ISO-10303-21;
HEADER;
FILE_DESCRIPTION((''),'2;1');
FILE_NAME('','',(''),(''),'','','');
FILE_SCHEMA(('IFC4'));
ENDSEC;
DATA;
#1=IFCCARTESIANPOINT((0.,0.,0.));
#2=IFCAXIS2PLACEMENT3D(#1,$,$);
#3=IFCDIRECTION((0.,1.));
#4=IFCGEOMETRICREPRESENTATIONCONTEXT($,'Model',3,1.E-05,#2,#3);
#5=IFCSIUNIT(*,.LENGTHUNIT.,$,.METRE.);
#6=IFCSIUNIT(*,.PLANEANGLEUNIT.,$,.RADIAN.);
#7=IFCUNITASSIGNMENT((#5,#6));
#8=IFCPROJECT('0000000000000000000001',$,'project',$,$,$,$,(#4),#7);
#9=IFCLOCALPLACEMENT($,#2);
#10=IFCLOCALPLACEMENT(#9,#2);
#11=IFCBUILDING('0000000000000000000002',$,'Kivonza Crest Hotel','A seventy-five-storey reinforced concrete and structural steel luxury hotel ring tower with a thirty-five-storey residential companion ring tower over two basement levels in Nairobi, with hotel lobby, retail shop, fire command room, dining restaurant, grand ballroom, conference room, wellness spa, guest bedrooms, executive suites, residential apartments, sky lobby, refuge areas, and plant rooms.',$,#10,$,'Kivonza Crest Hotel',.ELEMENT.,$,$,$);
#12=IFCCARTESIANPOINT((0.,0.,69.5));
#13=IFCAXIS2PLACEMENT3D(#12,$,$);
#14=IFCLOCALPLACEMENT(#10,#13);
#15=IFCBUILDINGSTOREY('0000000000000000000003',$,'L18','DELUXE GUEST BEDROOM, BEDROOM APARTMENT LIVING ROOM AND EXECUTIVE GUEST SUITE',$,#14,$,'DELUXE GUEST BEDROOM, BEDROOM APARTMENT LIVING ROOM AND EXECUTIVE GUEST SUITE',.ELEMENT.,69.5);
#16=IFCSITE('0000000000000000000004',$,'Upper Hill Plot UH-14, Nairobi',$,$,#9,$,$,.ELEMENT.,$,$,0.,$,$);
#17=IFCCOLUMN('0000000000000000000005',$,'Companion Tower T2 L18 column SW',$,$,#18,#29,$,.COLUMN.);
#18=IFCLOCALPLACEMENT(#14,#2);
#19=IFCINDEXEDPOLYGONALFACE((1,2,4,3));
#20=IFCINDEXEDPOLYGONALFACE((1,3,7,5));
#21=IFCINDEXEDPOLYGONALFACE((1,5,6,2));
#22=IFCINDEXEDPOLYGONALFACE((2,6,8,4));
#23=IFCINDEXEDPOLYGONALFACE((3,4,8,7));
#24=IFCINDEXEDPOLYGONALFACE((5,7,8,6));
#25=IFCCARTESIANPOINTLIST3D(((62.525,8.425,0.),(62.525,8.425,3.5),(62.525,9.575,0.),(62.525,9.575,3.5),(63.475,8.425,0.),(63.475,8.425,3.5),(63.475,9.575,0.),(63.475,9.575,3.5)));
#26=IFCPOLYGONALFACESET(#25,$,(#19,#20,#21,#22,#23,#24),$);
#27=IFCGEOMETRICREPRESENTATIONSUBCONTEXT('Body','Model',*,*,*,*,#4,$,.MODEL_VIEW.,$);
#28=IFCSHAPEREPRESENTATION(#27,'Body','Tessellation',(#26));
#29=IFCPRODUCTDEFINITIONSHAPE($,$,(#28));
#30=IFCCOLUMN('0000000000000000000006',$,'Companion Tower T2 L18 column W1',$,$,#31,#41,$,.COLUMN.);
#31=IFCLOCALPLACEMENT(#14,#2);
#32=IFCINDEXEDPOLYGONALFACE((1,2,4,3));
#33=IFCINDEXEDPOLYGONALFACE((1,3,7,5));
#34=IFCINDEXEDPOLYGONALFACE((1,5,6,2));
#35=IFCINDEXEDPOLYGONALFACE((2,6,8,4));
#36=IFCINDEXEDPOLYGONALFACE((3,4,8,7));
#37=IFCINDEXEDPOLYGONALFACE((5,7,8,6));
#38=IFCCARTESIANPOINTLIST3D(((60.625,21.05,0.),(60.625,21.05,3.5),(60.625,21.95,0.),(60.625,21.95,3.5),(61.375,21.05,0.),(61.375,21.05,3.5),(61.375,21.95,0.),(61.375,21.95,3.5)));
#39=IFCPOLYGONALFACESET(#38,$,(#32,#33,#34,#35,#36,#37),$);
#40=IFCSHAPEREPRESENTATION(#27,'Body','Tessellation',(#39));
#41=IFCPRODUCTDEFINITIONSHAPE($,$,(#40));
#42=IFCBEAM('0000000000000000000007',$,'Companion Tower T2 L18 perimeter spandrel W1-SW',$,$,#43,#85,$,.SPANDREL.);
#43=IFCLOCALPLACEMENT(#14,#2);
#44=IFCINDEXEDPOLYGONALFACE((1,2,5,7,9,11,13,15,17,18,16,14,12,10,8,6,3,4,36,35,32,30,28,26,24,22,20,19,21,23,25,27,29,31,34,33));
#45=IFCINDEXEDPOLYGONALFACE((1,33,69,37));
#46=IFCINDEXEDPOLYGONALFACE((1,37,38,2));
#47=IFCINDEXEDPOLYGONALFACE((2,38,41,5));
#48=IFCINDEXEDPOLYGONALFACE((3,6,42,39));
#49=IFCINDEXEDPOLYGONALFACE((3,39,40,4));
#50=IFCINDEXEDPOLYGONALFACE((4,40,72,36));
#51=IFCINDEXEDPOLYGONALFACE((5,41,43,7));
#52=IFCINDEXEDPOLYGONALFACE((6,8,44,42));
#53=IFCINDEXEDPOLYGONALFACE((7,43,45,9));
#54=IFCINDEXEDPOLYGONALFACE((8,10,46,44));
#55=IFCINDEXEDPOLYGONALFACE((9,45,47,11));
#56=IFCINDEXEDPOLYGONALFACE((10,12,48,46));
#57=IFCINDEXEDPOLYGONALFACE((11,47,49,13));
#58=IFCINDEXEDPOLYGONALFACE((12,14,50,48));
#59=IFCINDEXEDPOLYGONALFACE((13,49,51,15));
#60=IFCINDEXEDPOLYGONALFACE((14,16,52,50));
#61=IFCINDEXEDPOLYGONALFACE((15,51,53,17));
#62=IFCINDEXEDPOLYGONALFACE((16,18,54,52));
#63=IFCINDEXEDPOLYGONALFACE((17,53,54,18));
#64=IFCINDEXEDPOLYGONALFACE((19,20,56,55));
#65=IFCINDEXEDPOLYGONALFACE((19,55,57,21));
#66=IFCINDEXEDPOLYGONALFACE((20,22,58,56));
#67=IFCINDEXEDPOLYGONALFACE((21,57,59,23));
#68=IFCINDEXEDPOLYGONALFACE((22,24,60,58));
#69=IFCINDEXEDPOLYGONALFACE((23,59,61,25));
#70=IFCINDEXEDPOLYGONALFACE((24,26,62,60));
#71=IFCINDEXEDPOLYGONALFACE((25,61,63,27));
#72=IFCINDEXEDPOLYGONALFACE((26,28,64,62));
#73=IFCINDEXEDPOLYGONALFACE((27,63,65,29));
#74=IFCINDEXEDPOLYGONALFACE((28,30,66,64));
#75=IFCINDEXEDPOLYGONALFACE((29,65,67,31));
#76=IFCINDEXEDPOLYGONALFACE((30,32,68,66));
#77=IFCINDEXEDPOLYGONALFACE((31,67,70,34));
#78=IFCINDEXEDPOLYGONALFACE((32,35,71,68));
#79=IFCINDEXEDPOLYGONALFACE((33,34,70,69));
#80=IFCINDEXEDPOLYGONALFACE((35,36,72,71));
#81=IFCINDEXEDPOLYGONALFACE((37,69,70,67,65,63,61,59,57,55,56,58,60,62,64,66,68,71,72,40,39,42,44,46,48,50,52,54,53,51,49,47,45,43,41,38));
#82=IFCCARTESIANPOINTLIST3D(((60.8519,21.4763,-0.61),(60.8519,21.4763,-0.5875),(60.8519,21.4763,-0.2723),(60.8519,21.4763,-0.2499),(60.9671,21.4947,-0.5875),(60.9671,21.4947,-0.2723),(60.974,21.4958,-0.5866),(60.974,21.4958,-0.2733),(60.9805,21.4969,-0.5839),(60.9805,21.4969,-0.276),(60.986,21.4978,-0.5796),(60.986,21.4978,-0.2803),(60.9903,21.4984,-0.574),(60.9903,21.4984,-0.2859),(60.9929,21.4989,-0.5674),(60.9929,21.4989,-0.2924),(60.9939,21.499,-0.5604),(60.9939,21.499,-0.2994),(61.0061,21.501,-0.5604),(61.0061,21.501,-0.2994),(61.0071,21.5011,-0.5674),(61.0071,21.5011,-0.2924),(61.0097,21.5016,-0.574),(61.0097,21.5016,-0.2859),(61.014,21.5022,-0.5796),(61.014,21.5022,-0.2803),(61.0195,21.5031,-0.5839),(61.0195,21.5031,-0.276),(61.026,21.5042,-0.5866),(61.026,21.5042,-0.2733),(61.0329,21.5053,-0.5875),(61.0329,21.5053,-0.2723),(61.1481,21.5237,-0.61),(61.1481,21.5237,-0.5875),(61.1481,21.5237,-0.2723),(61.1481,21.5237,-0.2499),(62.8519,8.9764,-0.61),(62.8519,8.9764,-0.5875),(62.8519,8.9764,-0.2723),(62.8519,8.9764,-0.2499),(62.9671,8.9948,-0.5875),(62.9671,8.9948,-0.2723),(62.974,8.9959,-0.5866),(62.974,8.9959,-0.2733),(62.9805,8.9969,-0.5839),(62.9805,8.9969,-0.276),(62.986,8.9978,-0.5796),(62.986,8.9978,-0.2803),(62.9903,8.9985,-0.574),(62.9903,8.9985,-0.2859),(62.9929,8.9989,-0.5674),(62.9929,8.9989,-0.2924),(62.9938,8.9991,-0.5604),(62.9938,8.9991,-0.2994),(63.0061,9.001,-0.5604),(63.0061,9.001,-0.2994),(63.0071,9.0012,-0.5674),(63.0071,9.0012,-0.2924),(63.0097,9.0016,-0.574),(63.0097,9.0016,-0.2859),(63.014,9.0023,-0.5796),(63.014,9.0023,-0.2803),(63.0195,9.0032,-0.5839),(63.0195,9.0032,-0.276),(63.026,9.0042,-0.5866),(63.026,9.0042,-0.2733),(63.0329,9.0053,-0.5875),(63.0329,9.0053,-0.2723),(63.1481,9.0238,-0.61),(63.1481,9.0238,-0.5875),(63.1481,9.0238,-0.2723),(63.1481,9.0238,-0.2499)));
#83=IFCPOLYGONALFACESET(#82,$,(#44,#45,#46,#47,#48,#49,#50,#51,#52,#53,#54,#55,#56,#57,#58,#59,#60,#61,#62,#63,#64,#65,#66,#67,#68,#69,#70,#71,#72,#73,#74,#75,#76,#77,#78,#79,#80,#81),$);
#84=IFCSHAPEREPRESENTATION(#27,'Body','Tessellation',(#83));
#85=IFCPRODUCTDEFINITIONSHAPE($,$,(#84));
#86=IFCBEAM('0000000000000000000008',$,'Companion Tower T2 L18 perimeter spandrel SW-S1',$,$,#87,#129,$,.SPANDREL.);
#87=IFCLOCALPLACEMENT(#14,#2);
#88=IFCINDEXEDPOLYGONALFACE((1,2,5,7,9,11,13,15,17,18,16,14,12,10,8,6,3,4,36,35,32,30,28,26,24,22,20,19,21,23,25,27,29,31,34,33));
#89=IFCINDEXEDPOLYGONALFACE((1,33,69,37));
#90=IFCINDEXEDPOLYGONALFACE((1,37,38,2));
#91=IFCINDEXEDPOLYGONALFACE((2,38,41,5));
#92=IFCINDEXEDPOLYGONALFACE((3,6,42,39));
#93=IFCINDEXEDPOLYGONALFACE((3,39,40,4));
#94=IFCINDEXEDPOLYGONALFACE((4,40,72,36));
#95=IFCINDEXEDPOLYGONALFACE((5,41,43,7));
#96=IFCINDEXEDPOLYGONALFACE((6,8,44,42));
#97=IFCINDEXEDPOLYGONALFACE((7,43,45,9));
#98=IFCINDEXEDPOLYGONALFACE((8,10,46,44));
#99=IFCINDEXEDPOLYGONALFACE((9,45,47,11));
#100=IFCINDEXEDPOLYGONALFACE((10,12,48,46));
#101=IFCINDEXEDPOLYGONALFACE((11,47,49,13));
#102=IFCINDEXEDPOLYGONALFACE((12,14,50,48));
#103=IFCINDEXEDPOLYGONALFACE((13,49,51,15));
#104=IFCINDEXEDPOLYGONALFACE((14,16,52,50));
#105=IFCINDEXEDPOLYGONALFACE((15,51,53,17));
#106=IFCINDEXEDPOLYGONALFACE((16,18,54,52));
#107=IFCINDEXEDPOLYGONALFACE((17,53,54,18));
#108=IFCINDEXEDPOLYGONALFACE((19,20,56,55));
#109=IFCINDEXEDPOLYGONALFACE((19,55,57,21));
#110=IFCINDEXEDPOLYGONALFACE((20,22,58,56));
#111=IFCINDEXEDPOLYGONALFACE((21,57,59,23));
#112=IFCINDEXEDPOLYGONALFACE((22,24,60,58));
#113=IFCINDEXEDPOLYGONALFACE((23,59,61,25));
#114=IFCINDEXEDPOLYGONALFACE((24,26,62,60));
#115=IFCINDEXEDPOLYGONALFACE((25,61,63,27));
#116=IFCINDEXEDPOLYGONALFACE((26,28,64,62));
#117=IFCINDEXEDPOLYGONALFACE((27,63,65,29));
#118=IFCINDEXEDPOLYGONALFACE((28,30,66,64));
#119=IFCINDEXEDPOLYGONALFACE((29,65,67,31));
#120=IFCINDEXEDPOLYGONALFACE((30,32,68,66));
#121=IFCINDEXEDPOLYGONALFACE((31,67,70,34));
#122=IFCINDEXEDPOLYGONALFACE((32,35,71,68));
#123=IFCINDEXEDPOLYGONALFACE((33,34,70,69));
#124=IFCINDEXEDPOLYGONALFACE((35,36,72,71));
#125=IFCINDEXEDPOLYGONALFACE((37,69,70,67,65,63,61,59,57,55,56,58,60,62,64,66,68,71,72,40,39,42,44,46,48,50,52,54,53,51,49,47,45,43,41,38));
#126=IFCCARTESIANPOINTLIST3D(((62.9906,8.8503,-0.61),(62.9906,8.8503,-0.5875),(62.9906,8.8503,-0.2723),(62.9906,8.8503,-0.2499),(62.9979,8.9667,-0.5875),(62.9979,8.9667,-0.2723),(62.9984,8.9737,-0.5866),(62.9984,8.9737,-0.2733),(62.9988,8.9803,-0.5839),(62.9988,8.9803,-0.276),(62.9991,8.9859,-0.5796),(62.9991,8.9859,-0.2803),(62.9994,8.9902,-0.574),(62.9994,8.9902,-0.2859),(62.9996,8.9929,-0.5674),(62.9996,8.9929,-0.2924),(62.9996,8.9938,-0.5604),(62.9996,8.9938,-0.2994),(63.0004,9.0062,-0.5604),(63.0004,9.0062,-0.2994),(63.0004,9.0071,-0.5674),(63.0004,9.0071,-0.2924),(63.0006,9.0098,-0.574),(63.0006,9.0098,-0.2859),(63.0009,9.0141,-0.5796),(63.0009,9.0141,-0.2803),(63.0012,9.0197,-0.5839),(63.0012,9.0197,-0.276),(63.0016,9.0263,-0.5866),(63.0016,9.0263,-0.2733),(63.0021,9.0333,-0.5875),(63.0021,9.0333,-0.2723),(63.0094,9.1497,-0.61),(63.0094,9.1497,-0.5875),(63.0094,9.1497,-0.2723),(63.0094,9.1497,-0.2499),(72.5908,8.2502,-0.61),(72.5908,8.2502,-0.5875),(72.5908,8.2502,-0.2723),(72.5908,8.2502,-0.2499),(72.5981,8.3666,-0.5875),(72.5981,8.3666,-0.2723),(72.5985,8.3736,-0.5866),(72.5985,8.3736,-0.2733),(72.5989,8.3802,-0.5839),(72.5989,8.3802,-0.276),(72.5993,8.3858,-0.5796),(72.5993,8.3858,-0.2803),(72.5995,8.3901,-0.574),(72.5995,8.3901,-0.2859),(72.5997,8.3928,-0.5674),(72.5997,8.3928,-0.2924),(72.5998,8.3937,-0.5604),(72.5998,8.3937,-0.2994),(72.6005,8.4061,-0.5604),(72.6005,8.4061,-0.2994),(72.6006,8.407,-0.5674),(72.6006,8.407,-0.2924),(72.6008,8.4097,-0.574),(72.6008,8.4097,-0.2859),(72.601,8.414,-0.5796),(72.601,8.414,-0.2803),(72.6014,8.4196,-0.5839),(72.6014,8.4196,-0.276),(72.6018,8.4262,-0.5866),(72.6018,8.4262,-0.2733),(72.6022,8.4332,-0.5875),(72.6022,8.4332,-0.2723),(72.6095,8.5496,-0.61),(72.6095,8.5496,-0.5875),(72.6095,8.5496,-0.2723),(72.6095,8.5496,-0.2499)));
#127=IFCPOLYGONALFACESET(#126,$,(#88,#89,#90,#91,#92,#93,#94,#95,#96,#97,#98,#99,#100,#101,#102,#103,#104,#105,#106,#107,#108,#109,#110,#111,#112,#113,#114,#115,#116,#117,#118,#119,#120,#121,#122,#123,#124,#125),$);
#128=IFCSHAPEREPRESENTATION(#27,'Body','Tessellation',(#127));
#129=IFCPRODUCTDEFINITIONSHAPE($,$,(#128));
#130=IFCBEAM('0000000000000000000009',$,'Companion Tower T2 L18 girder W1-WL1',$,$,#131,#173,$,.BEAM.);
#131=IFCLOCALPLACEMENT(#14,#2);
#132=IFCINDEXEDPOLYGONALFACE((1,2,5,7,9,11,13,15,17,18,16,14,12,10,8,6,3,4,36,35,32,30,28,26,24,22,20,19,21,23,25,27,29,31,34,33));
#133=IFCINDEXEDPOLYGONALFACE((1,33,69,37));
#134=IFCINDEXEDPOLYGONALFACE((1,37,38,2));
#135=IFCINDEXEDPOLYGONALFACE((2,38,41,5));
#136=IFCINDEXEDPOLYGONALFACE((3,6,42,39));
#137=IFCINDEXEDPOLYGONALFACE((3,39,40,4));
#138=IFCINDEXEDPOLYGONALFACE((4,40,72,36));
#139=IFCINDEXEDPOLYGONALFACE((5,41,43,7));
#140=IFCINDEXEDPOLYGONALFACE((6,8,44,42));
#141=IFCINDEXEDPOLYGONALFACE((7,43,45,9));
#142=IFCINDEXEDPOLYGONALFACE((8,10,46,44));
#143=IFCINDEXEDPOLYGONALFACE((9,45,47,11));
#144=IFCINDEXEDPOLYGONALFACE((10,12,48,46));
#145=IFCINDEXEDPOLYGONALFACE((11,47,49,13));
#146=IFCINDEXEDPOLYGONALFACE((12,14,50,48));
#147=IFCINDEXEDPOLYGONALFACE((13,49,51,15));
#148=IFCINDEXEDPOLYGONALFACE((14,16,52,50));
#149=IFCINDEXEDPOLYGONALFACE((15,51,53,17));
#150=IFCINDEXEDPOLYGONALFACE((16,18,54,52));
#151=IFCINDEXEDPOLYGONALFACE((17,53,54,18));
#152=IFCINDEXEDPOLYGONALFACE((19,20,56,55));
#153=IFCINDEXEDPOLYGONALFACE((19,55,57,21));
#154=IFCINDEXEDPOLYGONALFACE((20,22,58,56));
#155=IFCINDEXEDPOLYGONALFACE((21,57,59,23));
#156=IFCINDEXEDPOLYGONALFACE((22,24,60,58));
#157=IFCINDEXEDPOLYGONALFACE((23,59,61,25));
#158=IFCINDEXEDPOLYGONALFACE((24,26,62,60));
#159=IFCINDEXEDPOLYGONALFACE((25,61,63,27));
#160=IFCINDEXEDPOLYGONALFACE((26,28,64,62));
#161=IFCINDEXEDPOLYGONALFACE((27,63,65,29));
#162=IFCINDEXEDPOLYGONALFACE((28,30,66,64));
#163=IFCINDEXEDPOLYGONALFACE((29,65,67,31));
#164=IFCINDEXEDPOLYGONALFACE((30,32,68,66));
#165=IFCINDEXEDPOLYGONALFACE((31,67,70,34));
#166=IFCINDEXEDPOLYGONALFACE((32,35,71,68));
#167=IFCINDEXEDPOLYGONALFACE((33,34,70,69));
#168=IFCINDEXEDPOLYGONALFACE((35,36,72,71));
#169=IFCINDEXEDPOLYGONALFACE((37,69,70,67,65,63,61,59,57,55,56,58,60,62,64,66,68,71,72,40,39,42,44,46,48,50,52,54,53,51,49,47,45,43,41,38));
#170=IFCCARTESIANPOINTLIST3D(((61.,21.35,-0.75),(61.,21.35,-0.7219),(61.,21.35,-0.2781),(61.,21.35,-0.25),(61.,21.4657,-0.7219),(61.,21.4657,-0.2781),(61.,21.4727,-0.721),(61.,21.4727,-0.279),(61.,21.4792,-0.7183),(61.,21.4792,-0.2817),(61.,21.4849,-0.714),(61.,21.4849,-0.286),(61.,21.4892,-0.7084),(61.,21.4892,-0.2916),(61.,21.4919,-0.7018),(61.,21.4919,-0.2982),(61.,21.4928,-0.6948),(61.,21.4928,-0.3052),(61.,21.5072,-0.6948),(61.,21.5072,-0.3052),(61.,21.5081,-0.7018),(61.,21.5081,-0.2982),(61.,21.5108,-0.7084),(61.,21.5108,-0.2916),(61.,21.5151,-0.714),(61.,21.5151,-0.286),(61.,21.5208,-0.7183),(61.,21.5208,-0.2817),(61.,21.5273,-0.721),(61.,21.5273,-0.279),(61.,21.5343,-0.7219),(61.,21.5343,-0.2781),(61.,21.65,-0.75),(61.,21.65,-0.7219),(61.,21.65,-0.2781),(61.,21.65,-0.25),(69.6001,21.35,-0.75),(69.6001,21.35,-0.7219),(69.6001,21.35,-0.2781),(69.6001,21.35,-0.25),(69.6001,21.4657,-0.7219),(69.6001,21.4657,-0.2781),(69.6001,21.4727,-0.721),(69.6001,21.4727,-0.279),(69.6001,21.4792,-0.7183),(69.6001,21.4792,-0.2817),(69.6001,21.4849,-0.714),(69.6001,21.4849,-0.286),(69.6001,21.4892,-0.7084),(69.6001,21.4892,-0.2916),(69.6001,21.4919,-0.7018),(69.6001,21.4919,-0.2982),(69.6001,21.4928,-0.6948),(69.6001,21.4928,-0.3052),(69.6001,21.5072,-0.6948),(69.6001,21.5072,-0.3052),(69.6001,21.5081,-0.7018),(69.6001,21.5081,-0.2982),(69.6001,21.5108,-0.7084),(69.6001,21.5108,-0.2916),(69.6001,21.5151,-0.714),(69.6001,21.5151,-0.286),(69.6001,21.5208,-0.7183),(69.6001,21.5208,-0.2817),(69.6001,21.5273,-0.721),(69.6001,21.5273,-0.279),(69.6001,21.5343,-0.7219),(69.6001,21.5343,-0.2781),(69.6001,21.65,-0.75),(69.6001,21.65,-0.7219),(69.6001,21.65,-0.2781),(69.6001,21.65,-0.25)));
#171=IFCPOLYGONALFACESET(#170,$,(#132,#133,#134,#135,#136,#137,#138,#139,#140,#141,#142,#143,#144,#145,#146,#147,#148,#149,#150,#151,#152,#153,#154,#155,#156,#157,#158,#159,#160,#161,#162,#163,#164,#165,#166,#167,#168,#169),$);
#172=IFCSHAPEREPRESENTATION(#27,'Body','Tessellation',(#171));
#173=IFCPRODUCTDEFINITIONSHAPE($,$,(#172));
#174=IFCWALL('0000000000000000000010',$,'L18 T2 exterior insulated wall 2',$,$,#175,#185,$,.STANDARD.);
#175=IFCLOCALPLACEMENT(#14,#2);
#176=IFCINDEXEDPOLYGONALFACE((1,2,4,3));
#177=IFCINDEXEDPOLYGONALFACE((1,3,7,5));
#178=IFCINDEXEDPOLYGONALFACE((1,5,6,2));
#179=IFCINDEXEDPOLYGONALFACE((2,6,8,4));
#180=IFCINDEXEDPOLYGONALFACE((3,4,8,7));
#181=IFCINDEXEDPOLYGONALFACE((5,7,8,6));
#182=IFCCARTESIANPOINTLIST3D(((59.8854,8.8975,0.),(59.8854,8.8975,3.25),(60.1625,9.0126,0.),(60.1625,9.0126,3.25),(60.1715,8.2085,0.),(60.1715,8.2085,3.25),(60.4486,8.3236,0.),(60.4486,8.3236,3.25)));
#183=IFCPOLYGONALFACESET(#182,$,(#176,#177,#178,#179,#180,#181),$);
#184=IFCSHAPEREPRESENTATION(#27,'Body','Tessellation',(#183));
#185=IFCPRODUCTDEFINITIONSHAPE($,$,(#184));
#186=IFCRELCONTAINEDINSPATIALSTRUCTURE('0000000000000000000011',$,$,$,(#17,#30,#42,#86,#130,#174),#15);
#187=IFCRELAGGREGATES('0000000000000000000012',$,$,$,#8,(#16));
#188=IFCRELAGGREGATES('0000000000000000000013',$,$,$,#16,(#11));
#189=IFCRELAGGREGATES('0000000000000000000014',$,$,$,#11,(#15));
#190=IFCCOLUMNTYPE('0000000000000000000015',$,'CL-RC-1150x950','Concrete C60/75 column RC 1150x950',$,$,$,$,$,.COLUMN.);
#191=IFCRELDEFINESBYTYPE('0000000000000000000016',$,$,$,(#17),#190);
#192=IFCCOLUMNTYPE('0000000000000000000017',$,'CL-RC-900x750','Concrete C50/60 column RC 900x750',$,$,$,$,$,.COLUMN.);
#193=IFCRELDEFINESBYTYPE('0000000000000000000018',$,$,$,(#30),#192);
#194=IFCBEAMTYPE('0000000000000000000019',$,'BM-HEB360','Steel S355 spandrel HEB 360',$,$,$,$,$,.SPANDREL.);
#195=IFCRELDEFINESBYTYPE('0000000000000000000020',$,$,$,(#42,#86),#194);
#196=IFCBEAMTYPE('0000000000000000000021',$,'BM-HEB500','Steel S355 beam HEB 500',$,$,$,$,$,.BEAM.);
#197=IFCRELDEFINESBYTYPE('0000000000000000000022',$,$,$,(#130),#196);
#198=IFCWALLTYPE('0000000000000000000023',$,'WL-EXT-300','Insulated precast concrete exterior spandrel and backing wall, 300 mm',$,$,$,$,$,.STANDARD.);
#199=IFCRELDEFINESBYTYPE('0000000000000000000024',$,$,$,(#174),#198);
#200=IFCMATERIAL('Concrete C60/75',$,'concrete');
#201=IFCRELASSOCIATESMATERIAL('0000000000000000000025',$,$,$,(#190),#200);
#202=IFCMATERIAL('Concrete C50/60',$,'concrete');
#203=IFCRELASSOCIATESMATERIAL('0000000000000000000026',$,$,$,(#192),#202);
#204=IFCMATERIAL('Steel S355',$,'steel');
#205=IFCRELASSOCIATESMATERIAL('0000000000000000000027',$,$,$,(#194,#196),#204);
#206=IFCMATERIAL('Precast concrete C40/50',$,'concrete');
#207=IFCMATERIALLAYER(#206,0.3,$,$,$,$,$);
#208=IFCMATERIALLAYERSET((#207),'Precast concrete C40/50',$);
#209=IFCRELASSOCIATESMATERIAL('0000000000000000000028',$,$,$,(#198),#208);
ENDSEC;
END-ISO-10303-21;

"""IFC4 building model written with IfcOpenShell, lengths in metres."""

from ifc_helpers import new_model, si_unit, direction, frame, frame_2d, origin, origin_2d, place, context, subcontext, project, spatial, rectangle, i_section, extrude, material, layer, layer_set, material_profile, profile_set, type_object, element, save


model = new_model("IFC4")

# Units and contexts
model_context = context("Model", 3, precision=1e-05, world=origin(), true_north=direction((0.0, 1.0)))
body_context = subcontext(model_context, "Body", "Model", "MODEL_VIEW")
ifc_project = project(units=[si_unit("LENGTHUNIT", "METRE"), si_unit("PLANEANGLEUNIT", "RADIAN")], contexts=[model_context])

# Site, building, storey
site_placement = place(None, origin())
site = spatial("IfcSite", under=ifc_project, at=site_placement, Name="Upper Hill Plot UH-14, Nairobi", CompositionType="ELEMENT", RefElevation=0.0)
building_placement = place(site_placement, origin())
building = spatial("IfcBuilding", under=site, at=building_placement, Name="Kivonza Crest Hotel", Description="A seventy-five-storey reinforced concrete and structural steel luxury hotel ring tower with a thirty-five-storey residential companion ring tower over two basement levels in Nairobi, with hotel lobby, retail shop, fire command room, dining restaurant, grand ballroom, conference room, wellness spa, guest bedrooms, executive suites, residential apartments, sky lobby, refuge areas, and plant rooms.", LongName="Kivonza Crest Hotel", CompositionType="ELEMENT")
storey_placement = place(building_placement, frame((0.0, 0.0, 69.5)))
storey = spatial("IfcBuildingStorey", under=building, at=storey_placement, Name="L18", Description="DELUXE GUEST BEDROOM, BEDROOM APARTMENT LIVING ROOM AND EXECUTIVE GUEST SUITE", LongName="DELUXE GUEST BEDROOM, BEDROOM APARTMENT LIVING ROOM AND EXECUTIVE GUEST SUITE", CompositionType="ELEMENT", Elevation=69.5)

# Columns
ifc_material_1 = material(Name="Concrete C60/75", Category="concrete")
ifc_material_profile_1 = material_profile(ifc_material_1, rectangle(XDim=0.95, YDim=1.1499, at=origin_2d()), Name="RC 1150x950")
ifc_profile_set_1 = profile_set([ifc_material_profile_1], Name="Concrete C60/75")
column_type_1 = type_object("IfcColumnType", Name="CL-RC-1150x950", Description="Concrete C60/75 column RC 1150x950", PredefinedType="COLUMN", material=ifc_profile_set_1)
column_1_placement = place(storey_placement, frame((63.0, 9.0, 0.0), z_axis=(0.0, 0.0, 1.0), x_axis=(1.0, 0.0, 0.0)))
element("IfcColumn", 1, at=column_1_placement, inside=storey, type_object=column_type_1, Name="Companion Tower T2 L18 column SW", PredefinedType="COLUMN", context=body_context, shape_type="SweptSolid", body=[
    extrude(rectangle(XDim=0.95, YDim=1.1499, at=origin_2d()), origin(), (0.0, 0.0, 1.0), 3.5),
])
ifc_material_2 = material(Name="Concrete C50/60", Category="concrete")
ifc_material_profile_2 = material_profile(ifc_material_2, rectangle(XDim=0.75, YDim=0.8999, at=origin_2d()), Name="RC 900x750")
ifc_profile_set_2 = profile_set([ifc_material_profile_2], Name="Concrete C50/60")
column_type_2 = type_object("IfcColumnType", Name="CL-RC-900x750", Description="Concrete C50/60 column RC 900x750", PredefinedType="COLUMN", material=ifc_profile_set_2)
column_2_placement = place(storey_placement, frame((61.0, 21.5, 0.0), z_axis=(0.0, 0.0, 1.0), x_axis=(1.0, 0.0, 0.0)))
element("IfcColumn", 2, at=column_2_placement, inside=storey, type_object=column_type_2, Name="Companion Tower T2 L18 column W1", PredefinedType="COLUMN", context=body_context, shape_type="SweptSolid", body=[
    extrude(rectangle(XDim=0.75, YDim=0.8999, at=origin_2d()), origin(), (0.0, 0.0, 1.0), 3.5),
])

# Beams
ifc_material_3 = material(Name="Steel S355", Category="steel")
ifc_material_profile_3 = material_profile(ifc_material_3, i_section(OverallWidth=0.3, OverallDepth=0.3601, WebThickness=0.0125, FlangeThickness=0.0225, FilletRadius=0.0271, at=origin_2d()), Name="HEB 360")
ifc_profile_set_3 = profile_set([ifc_material_profile_3], Name="Steel S355")
beam_type_1 = type_object("IfcBeamType", Name="BM-HEB360", Description="Steel S355 spandrel HEB 360", PredefinedType="SPANDREL", material=ifc_profile_set_3)
beam_1_placement = place(storey_placement, frame((61.0, 21.5, -0.4299), z_axis=(0.157991, -0.987441, 0.0), x_axis=(0.987441, 0.157991, 0.0)))
element("IfcBeam", 3, at=beam_1_placement, inside=storey, type_object=beam_type_1, Name="Companion Tower T2 L18 perimeter spandrel W1-SW", PredefinedType="SPANDREL", context=body_context, shape_type="SweptSolid", body=[
    extrude(i_section(OverallWidth=0.3, OverallDepth=0.3601, WebThickness=0.0125, FlangeThickness=0.0225, FilletRadius=0.0271, at=origin_2d()), origin(), (0.0, 0.0, 1.0), 12.6589),
])
beam_2_placement = place(storey_placement, frame((63.0, 9.0, -0.4299), z_axis=(0.998052, -0.062388, 0.0), x_axis=(0.062388, 0.998052, 0.0)))
element("IfcBeam", 4, at=beam_2_placement, inside=storey, type_object=beam_type_1, Name="Companion Tower T2 L18 perimeter spandrel SW-S1", PredefinedType="SPANDREL", context=body_context, shape_type="SweptSolid", body=[
    extrude(i_section(OverallWidth=0.3, OverallDepth=0.3601, WebThickness=0.0125, FlangeThickness=0.0225, FilletRadius=0.0271, at=origin_2d()), origin(), (0.0, 0.0, 1.0), 9.6189),
])
ifc_material_profile_4 = material_profile(ifc_material_3, i_section(OverallWidth=0.3, OverallDepth=0.5, WebThickness=0.0144, FlangeThickness=0.0281, FilletRadius=0.0271, at=origin_2d()), Name="HEB 500")
ifc_profile_set_4 = profile_set([ifc_material_profile_4], Name="Steel S355")
beam_type_2 = type_object("IfcBeamType", Name="BM-HEB500", Description="Steel S355 beam HEB 500", PredefinedType="BEAM", material=ifc_profile_set_4)
beam_3_placement = place(storey_placement, frame((61.0, 21.5, -0.5), z_axis=(1.0, 0.0, 0.0), x_axis=(0.0, 1.0, 0.0)))
element("IfcBeam", 5, at=beam_3_placement, inside=storey, type_object=beam_type_2, Name="Companion Tower T2 L18 girder W1-WL1", PredefinedType="BEAM", context=body_context, shape_type="SweptSolid", body=[
    extrude(i_section(OverallWidth=0.3, OverallDepth=0.5, WebThickness=0.0144, FlangeThickness=0.0281, FilletRadius=0.0271, at=origin_2d()), origin(), (0.0, 0.0, 1.0), 8.6001),
])

# Wall
ifc_material_4 = material(Name="Precast concrete C40/50", Category="concrete")
ifc_layer_1 = layer(ifc_material_4, 0.3)
ifc_layer_set_1 = layer_set([ifc_layer_1], Name="Precast concrete C40/50")
wall_type_1 = type_object("IfcWallType", Name="WL-EXT-300", Description="Insulated precast concrete exterior spandrel and backing wall, 300 mm", PredefinedType="STANDARD", material=ifc_layer_set_1)
for number, where, z_axis, x_axis, name in (
    (6, (60.0239, 8.9551, 0.0), (0.0, 0.0, 1.0), (0.383546, -0.923522, 0.0), "L18 T2 exterior insulated wall 2"),
):
    element("IfcWall", number, at=place(storey_placement, frame(where, z_axis=z_axis, x_axis=x_axis)), inside=storey, type_object=wall_type_1, Name=name, PredefinedType="STANDARD", context=body_context, shape_type="SweptSolid", body=[
        extrude(rectangle(XDim=0.7461, YDim=0.3, at=frame_2d((0.373, 0.0))), origin(), (0.0, 0.0, 1.0), 3.25),
    ])

save(model, "model.ifc")
